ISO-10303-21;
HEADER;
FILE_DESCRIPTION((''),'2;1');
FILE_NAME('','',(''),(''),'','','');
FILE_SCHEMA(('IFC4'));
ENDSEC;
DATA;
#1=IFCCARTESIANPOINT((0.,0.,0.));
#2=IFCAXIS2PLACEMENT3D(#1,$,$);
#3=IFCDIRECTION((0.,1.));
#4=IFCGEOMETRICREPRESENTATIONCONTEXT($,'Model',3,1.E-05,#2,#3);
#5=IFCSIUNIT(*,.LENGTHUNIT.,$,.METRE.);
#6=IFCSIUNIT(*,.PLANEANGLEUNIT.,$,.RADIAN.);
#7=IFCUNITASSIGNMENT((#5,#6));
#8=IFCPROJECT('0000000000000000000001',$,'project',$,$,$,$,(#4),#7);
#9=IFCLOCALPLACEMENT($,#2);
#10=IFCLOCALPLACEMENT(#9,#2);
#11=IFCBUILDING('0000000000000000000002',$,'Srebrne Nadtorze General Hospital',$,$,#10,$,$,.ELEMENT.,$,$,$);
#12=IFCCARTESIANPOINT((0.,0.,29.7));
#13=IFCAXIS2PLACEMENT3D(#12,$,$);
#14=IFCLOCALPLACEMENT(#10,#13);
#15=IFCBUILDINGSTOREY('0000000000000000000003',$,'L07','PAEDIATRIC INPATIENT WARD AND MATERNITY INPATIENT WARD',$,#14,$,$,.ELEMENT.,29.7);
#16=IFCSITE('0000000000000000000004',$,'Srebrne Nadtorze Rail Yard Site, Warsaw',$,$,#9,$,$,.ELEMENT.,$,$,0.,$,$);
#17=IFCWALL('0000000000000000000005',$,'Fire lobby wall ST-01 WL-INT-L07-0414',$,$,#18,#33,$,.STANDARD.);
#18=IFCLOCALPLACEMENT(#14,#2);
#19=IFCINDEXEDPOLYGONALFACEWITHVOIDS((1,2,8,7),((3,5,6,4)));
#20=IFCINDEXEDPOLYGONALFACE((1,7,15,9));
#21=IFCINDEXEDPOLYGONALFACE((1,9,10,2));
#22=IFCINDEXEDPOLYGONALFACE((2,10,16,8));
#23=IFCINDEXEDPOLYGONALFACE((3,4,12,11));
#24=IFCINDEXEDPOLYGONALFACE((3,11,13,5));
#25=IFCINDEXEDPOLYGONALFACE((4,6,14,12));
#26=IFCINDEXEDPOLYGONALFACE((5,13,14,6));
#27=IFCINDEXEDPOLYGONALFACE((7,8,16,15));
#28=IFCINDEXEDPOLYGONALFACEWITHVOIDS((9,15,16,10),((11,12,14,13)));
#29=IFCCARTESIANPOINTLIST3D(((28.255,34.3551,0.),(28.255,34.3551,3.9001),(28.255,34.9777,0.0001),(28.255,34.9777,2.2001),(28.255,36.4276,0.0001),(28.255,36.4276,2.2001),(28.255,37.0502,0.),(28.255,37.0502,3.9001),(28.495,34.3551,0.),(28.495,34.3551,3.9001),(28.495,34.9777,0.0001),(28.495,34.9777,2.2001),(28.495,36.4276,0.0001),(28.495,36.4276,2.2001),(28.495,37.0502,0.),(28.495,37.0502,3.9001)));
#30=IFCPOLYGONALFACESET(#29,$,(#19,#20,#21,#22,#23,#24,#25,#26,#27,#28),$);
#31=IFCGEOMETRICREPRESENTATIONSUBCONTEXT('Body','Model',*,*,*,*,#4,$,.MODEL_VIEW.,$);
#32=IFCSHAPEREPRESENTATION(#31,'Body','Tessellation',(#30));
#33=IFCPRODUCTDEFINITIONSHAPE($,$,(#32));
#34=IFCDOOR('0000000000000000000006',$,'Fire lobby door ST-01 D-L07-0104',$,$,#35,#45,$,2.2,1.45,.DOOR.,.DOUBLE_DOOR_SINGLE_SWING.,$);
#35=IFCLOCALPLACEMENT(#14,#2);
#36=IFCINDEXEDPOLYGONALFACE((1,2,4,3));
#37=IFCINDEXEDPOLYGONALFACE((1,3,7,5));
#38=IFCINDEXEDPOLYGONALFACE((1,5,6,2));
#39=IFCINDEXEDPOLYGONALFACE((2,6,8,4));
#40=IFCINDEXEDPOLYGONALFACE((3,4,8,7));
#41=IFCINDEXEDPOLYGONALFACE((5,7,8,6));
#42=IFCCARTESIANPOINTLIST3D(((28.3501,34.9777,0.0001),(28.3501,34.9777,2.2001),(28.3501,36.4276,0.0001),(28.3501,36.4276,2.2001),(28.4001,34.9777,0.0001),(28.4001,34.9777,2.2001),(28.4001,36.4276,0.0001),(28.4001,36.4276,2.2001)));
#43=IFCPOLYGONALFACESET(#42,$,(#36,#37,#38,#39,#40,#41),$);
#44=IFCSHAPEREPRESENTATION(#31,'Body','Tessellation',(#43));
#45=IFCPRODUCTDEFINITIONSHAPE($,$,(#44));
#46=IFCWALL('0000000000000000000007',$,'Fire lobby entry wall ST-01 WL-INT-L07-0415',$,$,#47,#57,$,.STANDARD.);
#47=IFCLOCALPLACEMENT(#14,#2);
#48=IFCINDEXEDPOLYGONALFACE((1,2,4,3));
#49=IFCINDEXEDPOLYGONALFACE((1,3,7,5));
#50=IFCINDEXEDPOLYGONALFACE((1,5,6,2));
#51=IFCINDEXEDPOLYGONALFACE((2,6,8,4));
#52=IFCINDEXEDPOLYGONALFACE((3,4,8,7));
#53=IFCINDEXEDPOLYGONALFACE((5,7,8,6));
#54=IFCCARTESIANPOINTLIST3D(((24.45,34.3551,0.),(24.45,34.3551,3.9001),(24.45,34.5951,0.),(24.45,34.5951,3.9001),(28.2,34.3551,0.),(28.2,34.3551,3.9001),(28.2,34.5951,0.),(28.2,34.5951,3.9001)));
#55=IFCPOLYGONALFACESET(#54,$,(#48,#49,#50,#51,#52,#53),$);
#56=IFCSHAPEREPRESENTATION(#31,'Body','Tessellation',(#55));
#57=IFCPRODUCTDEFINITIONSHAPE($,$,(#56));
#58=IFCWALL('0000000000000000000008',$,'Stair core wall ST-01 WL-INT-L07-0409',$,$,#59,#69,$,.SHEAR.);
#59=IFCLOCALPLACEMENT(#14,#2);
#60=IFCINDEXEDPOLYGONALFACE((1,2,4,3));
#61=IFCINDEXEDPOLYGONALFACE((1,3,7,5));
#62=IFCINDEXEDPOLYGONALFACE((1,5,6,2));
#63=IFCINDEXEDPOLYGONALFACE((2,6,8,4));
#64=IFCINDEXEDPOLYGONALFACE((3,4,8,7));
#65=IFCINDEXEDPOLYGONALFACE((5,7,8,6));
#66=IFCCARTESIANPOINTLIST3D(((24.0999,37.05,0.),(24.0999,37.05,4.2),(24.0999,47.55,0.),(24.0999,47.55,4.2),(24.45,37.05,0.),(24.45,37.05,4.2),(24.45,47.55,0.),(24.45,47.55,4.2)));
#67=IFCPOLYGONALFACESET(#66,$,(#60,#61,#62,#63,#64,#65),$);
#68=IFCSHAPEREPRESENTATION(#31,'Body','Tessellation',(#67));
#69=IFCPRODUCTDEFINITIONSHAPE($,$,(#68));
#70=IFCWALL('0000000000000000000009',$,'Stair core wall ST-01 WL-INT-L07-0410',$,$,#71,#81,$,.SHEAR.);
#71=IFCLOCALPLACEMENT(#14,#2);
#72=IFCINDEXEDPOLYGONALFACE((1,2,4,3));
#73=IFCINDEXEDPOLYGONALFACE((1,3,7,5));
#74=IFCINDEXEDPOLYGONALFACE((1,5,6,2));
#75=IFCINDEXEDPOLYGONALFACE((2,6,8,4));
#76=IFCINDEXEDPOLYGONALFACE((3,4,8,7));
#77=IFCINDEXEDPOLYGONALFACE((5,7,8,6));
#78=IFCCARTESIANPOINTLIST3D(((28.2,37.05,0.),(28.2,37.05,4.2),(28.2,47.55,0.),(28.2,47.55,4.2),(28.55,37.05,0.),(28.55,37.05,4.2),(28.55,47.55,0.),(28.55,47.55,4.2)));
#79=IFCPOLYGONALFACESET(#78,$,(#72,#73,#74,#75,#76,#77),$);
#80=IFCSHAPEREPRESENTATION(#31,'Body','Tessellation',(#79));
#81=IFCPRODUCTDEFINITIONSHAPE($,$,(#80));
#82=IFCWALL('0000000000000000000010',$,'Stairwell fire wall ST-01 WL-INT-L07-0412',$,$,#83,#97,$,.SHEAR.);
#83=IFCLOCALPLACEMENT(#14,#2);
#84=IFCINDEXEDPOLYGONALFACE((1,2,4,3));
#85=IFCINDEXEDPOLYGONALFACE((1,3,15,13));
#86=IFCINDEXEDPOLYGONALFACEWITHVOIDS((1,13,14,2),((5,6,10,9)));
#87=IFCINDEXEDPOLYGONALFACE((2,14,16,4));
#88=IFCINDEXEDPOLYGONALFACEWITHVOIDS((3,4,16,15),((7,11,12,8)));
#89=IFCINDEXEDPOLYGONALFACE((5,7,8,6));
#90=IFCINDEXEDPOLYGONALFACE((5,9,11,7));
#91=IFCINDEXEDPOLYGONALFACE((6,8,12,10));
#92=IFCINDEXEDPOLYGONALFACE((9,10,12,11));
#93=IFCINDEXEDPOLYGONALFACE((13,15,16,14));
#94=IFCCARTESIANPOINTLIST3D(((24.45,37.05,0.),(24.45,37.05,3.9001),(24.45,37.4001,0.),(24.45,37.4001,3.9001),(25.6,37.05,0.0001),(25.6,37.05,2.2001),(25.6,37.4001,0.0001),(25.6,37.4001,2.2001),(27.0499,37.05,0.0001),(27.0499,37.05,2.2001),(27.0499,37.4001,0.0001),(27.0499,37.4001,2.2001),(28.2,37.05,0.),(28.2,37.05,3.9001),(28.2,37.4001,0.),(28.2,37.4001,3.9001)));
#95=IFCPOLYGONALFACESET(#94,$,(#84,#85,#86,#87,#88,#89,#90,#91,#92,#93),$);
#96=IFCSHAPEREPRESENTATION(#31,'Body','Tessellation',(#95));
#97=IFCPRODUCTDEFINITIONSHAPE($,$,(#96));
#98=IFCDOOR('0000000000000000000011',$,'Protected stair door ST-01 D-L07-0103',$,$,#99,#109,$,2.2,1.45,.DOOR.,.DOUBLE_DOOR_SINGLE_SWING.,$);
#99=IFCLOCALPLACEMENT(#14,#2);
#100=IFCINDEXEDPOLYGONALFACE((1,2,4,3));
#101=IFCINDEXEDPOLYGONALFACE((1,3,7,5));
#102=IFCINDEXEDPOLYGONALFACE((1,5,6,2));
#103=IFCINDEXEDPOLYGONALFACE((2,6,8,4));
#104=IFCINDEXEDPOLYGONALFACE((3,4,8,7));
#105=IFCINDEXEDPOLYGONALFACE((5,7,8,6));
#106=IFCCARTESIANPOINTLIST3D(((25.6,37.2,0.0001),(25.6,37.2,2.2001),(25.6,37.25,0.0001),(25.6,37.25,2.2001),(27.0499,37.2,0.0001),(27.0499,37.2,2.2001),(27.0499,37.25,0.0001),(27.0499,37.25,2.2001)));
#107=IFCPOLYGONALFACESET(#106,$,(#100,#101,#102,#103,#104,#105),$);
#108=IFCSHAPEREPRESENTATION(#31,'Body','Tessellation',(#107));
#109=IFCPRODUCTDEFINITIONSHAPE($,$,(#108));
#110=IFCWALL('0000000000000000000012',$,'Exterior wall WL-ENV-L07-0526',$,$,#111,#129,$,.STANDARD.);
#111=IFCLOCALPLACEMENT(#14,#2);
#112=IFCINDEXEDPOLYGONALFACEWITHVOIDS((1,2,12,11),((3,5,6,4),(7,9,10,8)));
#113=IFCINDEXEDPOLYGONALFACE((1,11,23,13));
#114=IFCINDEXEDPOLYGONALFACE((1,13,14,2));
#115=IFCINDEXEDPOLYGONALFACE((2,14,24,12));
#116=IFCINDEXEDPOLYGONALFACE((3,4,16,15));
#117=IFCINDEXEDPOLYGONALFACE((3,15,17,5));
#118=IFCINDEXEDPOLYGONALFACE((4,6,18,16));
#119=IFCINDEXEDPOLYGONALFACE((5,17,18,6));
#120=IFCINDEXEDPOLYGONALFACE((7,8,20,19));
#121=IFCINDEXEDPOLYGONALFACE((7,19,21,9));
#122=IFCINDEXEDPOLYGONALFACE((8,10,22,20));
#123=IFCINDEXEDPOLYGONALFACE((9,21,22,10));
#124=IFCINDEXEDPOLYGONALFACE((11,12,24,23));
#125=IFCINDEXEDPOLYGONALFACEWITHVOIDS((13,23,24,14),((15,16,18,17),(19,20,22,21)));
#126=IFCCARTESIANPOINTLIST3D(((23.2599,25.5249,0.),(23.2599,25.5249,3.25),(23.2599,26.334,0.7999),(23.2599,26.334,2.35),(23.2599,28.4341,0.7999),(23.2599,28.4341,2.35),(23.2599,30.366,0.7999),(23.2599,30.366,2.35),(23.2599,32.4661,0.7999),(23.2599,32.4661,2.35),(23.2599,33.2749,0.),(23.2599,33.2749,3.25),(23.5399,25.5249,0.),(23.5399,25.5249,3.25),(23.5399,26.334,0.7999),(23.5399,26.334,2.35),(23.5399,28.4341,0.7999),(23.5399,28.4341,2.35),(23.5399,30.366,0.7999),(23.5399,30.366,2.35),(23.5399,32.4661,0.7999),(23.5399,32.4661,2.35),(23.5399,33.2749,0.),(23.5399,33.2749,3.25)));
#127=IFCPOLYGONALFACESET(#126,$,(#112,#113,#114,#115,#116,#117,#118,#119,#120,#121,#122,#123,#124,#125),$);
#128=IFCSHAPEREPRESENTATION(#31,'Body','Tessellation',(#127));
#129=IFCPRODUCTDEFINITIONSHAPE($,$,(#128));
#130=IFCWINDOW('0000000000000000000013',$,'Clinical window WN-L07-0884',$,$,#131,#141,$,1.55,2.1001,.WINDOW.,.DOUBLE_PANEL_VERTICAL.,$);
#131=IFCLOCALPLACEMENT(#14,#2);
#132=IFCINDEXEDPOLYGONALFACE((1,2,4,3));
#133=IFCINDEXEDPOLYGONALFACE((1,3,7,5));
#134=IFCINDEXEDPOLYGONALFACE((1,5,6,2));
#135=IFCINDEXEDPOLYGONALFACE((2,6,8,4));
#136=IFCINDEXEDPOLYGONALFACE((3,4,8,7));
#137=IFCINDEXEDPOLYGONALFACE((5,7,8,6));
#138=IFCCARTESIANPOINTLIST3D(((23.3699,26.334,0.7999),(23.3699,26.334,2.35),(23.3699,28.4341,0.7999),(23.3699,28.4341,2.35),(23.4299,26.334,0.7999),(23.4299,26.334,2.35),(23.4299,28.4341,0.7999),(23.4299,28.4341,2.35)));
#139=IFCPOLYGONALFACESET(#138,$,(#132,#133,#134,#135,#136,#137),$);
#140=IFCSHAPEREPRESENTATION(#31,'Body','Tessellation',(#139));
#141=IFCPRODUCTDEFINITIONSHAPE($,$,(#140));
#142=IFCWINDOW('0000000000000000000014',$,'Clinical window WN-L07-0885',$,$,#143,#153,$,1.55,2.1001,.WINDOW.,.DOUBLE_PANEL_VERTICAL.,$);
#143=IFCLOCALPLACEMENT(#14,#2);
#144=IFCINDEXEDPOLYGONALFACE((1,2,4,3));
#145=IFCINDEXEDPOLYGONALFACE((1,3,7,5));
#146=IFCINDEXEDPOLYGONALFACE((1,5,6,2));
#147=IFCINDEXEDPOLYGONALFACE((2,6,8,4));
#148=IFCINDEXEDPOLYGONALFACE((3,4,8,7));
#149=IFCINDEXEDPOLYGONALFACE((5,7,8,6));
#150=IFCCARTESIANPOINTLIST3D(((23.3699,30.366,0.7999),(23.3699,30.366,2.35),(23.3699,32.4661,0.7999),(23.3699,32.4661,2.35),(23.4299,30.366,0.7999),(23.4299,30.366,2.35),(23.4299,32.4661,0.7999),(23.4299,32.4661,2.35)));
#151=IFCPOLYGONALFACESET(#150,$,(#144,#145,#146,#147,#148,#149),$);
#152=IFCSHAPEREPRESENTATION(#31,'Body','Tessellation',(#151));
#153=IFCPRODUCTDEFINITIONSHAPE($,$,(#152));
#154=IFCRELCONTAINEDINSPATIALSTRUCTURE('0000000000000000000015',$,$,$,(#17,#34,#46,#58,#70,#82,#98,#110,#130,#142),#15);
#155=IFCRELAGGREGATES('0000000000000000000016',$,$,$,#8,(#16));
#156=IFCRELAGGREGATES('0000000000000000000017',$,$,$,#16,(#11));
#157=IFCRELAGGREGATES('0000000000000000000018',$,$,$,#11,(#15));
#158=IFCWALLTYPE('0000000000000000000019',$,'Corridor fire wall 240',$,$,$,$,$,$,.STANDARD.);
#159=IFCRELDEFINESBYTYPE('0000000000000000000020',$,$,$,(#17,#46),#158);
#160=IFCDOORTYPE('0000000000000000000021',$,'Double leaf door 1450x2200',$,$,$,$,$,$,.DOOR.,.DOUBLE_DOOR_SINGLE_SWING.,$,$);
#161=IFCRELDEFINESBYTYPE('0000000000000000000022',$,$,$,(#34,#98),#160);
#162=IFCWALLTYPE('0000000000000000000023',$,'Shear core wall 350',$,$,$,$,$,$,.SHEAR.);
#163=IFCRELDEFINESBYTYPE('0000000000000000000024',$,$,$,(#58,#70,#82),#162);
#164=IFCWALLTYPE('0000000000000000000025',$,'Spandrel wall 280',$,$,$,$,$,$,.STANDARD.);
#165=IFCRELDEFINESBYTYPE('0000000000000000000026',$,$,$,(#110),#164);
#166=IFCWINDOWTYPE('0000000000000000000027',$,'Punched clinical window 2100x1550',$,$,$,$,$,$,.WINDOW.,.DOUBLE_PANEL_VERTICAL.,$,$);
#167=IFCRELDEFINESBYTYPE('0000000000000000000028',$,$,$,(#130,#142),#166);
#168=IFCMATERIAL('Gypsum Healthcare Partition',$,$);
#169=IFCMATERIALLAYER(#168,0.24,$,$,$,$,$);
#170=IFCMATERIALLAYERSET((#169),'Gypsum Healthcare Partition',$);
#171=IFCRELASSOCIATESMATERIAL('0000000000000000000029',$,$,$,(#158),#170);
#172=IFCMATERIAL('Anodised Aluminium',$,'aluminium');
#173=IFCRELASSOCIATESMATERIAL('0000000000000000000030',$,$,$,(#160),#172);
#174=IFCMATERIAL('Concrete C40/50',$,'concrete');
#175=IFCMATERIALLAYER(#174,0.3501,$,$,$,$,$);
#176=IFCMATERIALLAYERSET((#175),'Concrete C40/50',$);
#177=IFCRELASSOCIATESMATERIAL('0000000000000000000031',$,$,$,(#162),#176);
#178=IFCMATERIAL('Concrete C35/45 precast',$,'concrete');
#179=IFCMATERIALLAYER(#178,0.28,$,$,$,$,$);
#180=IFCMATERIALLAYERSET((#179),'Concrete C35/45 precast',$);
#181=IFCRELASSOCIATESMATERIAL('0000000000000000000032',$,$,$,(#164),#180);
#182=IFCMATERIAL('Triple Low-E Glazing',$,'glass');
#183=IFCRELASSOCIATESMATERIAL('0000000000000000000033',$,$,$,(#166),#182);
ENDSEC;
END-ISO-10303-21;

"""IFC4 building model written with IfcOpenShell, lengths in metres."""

from ifc_helpers import new_model, si_unit, direction, frame, frame_2d, origin, place, context, subcontext, project, spatial, rectangle, extrude, material, layer, layer_set, type_object, element, fill, save


model = new_model("IFC4")

# Units and contexts
model_context = context("Model", 3, precision=1e-05, world=origin(), true_north=direction((0.0, 1.0)))
body_context = subcontext(model_context, "Body", "Model", "MODEL_VIEW")
ifc_project = project(units=[si_unit("LENGTHUNIT", "METRE"), si_unit("PLANEANGLEUNIT", "RADIAN")], contexts=[model_context])

# Site, building, storey
site_placement = place(None, origin())
site = spatial("IfcSite", under=ifc_project, at=site_placement, Name="Srebrne Nadtorze Rail Yard Site, Warsaw", CompositionType="ELEMENT", RefElevation=0.0)
building_placement = place(site_placement, origin())
building = spatial("IfcBuilding", under=site, at=building_placement, Name="Srebrne Nadtorze General Hospital", CompositionType="ELEMENT")
storey_placement = place(building_placement, frame((0.0, 0.0, 29.7)))
storey = spatial("IfcBuildingStorey", under=building, at=storey_placement, Name="L07", Description="PAEDIATRIC INPATIENT WARD AND MATERNITY INPATIENT WARD", CompositionType="ELEMENT", Elevation=29.7)

# Shared definitions
ifc_material_1 = material(Name="Gypsum Healthcare Partition")
ifc_layer_1 = layer(ifc_material_1, 0.24)
ifc_layer_set_1 = layer_set([ifc_layer_1], Name="Gypsum Healthcare Partition")
wall_type_1 = type_object("IfcWallType", Name="Corridor fire wall 240", PredefinedType="STANDARD", material=ifc_layer_set_1)

# Wall, opening, door
wall_1_placement = place(storey_placement, frame((28.375, 34.355, 0.0), z_axis=(0.0, 0.0, 1.0), x_axis=(0.0, 1.0, 0.0)))
wall_1 = element("IfcWall", 1, at=wall_1_placement, inside=storey, type_object=wall_type_1, Name="Fire lobby wall ST-01 WL-INT-L07-0414", PredefinedType="STANDARD", context=body_context, shape_type="SweptSolid", body=[
    extrude(rectangle(XDim=2.6951, YDim=0.24, at=frame_2d((1.3477, 0.0))), origin(), (0.0, 0.0, 1.0), 3.9001),
])
opening_1_placement = place(wall_1_placement, frame((0.6226, 0.0, 0.0)))
opening_1 = element("IfcOpeningElement", 2, at=opening_1_placement, cuts=wall_1, PredefinedType="OPENING", context=body_context, shape_type="SweptSolid", body=[
    extrude(rectangle(XDim=1.45, YDim=2.2, at=frame_2d((0.7251, 1.1001))), frame((0.0, 0.1318, 0.0), z_axis=(0.0, -1.0, 0.0), x_axis=(1.0, 0.0, 0.0)), (0.0, 0.0, 1.0), 0.2639),
])
ifc_material_2 = material(Name="Anodised Aluminium", Category="aluminium")
door_type = type_object("IfcDoorType", Name="Double leaf door 1450x2200", OperationType="DOUBLE_DOOR_SINGLE_SWING", PredefinedType="DOOR", material=ifc_material_2)
door_1_placement = place(opening_1_placement, origin())
door_1 = element("IfcDoor", 3, at=door_1_placement, inside=storey, type_object=door_type, Name="Fire lobby door ST-01 D-L07-0104", OperationType="DOUBLE_DOOR_SINGLE_SWING", OverallHeight=2.2, OverallWidth=1.45, PredefinedType="DOOR", context=body_context, shape_type="SweptSolid", body=[
    extrude(rectangle(XDim=1.45, YDim=2.2, at=frame_2d((0.7251, 1.1001))), frame((0.0, 0.0249, 0.0), z_axis=(0.0, -1.0, 0.0), x_axis=(1.0, 0.0, 0.0)), (0.0, 0.0, 1.0), 0.05),
])
fill(opening_1, door_1)

# Walls
wall_2_placement = place(storey_placement, frame((24.45, 34.4751, 0.0), z_axis=(0.0, 0.0, 1.0), x_axis=(1.0, 0.0, 0.0)))
element("IfcWall", 4, at=wall_2_placement, inside=storey, type_object=wall_type_1, Name="Fire lobby entry wall ST-01 WL-INT-L07-0415", PredefinedType="STANDARD", context=body_context, shape_type="SweptSolid", body=[
    extrude(rectangle(XDim=3.75, YDim=0.24, at=frame_2d((1.875, 0.0))), origin(), (0.0, 0.0, 1.0), 3.9001),
])
ifc_material_3 = material(Name="Concrete C40/50", Category="concrete")
ifc_layer_2 = layer(ifc_material_3, 0.3501)
ifc_layer_set_2 = layer_set([ifc_layer_2], Name="Concrete C40/50")
wall_type_2 = type_object("IfcWallType", Name="Shear core wall 350", PredefinedType="SHEAR", material=ifc_layer_set_2)
for number, where, z_axis, x_axis, name in (
    (5, (24.2749, 37.05, 0.0), (0.0, 0.0, 1.0), (0.0, 1.0, 0.0), "Stair core wall ST-01 WL-INT-L07-0409"),
    (6, (28.375, 37.05, 0.0), (0.0, 0.0, 1.0), (0.0, 1.0, 0.0), "Stair core wall ST-01 WL-INT-L07-0410"),
):
    element("IfcWall", number, at=place(storey_placement, frame(where, z_axis=z_axis, x_axis=x_axis)), inside=storey, type_object=wall_type_2, Name=name, PredefinedType="SHEAR", context=body_context, shape_type="SweptSolid", body=[
        extrude(rectangle(XDim=10.5, YDim=0.3501, at=frame_2d((5.25, 0.0))), origin(), (0.0, 0.0, 1.0), 4.2),
    ])

# Wall, opening, door
wall_3_placement = place(storey_placement, frame((24.45, 37.2251, 0.0), z_axis=(0.0, 0.0, 1.0), x_axis=(1.0, 0.0, 0.0)))
wall_3 = element("IfcWall", 7, at=wall_3_placement, inside=storey, type_object=wall_type_2, Name="Stairwell fire wall ST-01 WL-INT-L07-0412", PredefinedType="SHEAR", context=body_context, shape_type="SweptSolid", body=[
    extrude(rectangle(XDim=3.75, YDim=0.3501, at=frame_2d((1.875, 0.0))), origin(), (0.0, 0.0, 1.0), 3.9001),
])
opening_2_placement = place(wall_3_placement, frame((1.1499, 0.0, 0.0)))
opening_2 = element("IfcOpeningElement", 8, at=opening_2_placement, cuts=wall_3, PredefinedType="OPENING", context=body_context, shape_type="SweptSolid", body=[
    extrude(rectangle(XDim=1.45, YDim=2.2, at=frame_2d((0.7251, 1.1001))), frame((0.0, 0.187, 0.0), z_axis=(0.0, -1.0, 0.0), x_axis=(1.0, 0.0, 0.0)), (0.0, 0.0, 1.0), 0.374),
])
door_2_placement = place(opening_2_placement, origin())
door_2 = element("IfcDoor", 9, at=door_2_placement, inside=storey, type_object=door_type, Name="Protected stair door ST-01 D-L07-0103", OperationType="DOUBLE_DOOR_SINGLE_SWING", OverallHeight=2.2, OverallWidth=1.45, PredefinedType="DOOR", context=body_context, shape_type="SweptSolid", body=[
    extrude(rectangle(XDim=1.45, YDim=2.2, at=frame_2d((0.7251, 1.1001))), frame((0.0, 0.0249, 0.0), z_axis=(0.0, -1.0, 0.0), x_axis=(1.0, 0.0, 0.0)), (0.0, 0.0, 1.0), 0.05),
])
fill(opening_2, door_2)

# Wall, openings, windows
ifc_material_4 = material(Name="Concrete C35/45 precast", Category="concrete")
ifc_layer_3 = layer(ifc_material_4, 0.28)
ifc_layer_set_3 = layer_set([ifc_layer_3], Name="Concrete C35/45 precast")
wall_type_3 = type_object("IfcWallType", Name="Spandrel wall 280", PredefinedType="STANDARD", material=ifc_layer_set_3)
wall_4_placement = place(storey_placement, frame((23.3999, 25.5249, 0.0), z_axis=(0.0, 0.0, 1.0), x_axis=(0.0, 1.0, 0.0)))
wall_4 = element("IfcWall", 10, at=wall_4_placement, inside=storey, type_object=wall_type_3, Name="Exterior wall WL-ENV-L07-0526", PredefinedType="STANDARD", context=body_context, shape_type="SweptSolid", body=[
    extrude(rectangle(XDim=7.75, YDim=0.28, at=frame_2d((3.875, 0.0))), origin(), (0.0, 0.0, 1.0), 3.25),
])
opening_3_placement = place(wall_4_placement, frame((0.8091, 0.0, 0.8)))
opening_3 = element("IfcOpeningElement", 11, at=opening_3_placement, cuts=wall_4, PredefinedType="OPENING", context=body_context, shape_type="SweptSolid", body=[
    extrude(rectangle(XDim=2.1001, YDim=1.55, at=frame_2d((1.05, 0.7749))), frame((0.0, 0.1519, 0.0), z_axis=(0.0, -1.0, 0.0), x_axis=(1.0, 0.0, 0.0)), (0.0, 0.0, 1.0), 0.304),
])
opening_4_placement = place(wall_4_placement, frame((4.8411, 0.0, 0.8)))
opening_4 = element("IfcOpeningElement", 12, at=opening_4_placement, cuts=wall_4, PredefinedType="OPENING", context=body_context, shape_type="SweptSolid", body=[
    extrude(rectangle(XDim=2.1001, YDim=1.55, at=frame_2d((1.05, 0.7749))), frame((0.0, 0.1519, 0.0), z_axis=(0.0, -1.0, 0.0), x_axis=(1.0, 0.0, 0.0)), (0.0, 0.0, 1.0), 0.304),
])
ifc_material_5 = material(Name="Triple Low-E Glazing", Category="glass")
window_type_1 = type_object("IfcWindowType", Name="Punched clinical window 2100x1550", PartitioningType="DOUBLE_PANEL_VERTICAL", PredefinedType="WINDOW", material=ifc_material_5)
window_1_placement = place(opening_3_placement, origin())
window_1 = element("IfcWindow", 13, at=window_1_placement, inside=storey, type_object=window_type_1, Name="Clinical window WN-L07-0884", OverallHeight=1.55, OverallWidth=2.1001, PartitioningType="DOUBLE_PANEL_VERTICAL", PredefinedType="WINDOW", context=body_context, shape_type="SweptSolid", body=[
    extrude(rectangle(XDim=2.1001, YDim=1.55, at=frame_2d((1.05, 0.7749))), frame((0.0, 0.03, 0.0), z_axis=(0.0, -1.0, 0.0), x_axis=(1.0, 0.0, 0.0)), (0.0, 0.0, 1.0), 0.0601),
])
fill(opening_3, window_1)
window_2_placement = place(opening_4_placement, origin())
window_2 = element("IfcWindow", 14, at=window_2_placement, inside=storey, type_object=window_type_1, Name="Clinical window WN-L07-0885", OverallHeight=1.55, OverallWidth=2.1001, PartitioningType="DOUBLE_PANEL_VERTICAL", PredefinedType="WINDOW", context=body_context, shape_type="SweptSolid", body=[
    extrude(rectangle(XDim=2.1001, YDim=1.55, at=frame_2d((1.05, 0.7749))), frame((0.0, 0.03, 0.0), z_axis=(0.0, -1.0, 0.0), x_axis=(1.0, 0.0, 0.0)), (0.0, 0.0, 1.0), 0.0601),
])
fill(opening_4, window_2)

save(model, "model.ifc")
